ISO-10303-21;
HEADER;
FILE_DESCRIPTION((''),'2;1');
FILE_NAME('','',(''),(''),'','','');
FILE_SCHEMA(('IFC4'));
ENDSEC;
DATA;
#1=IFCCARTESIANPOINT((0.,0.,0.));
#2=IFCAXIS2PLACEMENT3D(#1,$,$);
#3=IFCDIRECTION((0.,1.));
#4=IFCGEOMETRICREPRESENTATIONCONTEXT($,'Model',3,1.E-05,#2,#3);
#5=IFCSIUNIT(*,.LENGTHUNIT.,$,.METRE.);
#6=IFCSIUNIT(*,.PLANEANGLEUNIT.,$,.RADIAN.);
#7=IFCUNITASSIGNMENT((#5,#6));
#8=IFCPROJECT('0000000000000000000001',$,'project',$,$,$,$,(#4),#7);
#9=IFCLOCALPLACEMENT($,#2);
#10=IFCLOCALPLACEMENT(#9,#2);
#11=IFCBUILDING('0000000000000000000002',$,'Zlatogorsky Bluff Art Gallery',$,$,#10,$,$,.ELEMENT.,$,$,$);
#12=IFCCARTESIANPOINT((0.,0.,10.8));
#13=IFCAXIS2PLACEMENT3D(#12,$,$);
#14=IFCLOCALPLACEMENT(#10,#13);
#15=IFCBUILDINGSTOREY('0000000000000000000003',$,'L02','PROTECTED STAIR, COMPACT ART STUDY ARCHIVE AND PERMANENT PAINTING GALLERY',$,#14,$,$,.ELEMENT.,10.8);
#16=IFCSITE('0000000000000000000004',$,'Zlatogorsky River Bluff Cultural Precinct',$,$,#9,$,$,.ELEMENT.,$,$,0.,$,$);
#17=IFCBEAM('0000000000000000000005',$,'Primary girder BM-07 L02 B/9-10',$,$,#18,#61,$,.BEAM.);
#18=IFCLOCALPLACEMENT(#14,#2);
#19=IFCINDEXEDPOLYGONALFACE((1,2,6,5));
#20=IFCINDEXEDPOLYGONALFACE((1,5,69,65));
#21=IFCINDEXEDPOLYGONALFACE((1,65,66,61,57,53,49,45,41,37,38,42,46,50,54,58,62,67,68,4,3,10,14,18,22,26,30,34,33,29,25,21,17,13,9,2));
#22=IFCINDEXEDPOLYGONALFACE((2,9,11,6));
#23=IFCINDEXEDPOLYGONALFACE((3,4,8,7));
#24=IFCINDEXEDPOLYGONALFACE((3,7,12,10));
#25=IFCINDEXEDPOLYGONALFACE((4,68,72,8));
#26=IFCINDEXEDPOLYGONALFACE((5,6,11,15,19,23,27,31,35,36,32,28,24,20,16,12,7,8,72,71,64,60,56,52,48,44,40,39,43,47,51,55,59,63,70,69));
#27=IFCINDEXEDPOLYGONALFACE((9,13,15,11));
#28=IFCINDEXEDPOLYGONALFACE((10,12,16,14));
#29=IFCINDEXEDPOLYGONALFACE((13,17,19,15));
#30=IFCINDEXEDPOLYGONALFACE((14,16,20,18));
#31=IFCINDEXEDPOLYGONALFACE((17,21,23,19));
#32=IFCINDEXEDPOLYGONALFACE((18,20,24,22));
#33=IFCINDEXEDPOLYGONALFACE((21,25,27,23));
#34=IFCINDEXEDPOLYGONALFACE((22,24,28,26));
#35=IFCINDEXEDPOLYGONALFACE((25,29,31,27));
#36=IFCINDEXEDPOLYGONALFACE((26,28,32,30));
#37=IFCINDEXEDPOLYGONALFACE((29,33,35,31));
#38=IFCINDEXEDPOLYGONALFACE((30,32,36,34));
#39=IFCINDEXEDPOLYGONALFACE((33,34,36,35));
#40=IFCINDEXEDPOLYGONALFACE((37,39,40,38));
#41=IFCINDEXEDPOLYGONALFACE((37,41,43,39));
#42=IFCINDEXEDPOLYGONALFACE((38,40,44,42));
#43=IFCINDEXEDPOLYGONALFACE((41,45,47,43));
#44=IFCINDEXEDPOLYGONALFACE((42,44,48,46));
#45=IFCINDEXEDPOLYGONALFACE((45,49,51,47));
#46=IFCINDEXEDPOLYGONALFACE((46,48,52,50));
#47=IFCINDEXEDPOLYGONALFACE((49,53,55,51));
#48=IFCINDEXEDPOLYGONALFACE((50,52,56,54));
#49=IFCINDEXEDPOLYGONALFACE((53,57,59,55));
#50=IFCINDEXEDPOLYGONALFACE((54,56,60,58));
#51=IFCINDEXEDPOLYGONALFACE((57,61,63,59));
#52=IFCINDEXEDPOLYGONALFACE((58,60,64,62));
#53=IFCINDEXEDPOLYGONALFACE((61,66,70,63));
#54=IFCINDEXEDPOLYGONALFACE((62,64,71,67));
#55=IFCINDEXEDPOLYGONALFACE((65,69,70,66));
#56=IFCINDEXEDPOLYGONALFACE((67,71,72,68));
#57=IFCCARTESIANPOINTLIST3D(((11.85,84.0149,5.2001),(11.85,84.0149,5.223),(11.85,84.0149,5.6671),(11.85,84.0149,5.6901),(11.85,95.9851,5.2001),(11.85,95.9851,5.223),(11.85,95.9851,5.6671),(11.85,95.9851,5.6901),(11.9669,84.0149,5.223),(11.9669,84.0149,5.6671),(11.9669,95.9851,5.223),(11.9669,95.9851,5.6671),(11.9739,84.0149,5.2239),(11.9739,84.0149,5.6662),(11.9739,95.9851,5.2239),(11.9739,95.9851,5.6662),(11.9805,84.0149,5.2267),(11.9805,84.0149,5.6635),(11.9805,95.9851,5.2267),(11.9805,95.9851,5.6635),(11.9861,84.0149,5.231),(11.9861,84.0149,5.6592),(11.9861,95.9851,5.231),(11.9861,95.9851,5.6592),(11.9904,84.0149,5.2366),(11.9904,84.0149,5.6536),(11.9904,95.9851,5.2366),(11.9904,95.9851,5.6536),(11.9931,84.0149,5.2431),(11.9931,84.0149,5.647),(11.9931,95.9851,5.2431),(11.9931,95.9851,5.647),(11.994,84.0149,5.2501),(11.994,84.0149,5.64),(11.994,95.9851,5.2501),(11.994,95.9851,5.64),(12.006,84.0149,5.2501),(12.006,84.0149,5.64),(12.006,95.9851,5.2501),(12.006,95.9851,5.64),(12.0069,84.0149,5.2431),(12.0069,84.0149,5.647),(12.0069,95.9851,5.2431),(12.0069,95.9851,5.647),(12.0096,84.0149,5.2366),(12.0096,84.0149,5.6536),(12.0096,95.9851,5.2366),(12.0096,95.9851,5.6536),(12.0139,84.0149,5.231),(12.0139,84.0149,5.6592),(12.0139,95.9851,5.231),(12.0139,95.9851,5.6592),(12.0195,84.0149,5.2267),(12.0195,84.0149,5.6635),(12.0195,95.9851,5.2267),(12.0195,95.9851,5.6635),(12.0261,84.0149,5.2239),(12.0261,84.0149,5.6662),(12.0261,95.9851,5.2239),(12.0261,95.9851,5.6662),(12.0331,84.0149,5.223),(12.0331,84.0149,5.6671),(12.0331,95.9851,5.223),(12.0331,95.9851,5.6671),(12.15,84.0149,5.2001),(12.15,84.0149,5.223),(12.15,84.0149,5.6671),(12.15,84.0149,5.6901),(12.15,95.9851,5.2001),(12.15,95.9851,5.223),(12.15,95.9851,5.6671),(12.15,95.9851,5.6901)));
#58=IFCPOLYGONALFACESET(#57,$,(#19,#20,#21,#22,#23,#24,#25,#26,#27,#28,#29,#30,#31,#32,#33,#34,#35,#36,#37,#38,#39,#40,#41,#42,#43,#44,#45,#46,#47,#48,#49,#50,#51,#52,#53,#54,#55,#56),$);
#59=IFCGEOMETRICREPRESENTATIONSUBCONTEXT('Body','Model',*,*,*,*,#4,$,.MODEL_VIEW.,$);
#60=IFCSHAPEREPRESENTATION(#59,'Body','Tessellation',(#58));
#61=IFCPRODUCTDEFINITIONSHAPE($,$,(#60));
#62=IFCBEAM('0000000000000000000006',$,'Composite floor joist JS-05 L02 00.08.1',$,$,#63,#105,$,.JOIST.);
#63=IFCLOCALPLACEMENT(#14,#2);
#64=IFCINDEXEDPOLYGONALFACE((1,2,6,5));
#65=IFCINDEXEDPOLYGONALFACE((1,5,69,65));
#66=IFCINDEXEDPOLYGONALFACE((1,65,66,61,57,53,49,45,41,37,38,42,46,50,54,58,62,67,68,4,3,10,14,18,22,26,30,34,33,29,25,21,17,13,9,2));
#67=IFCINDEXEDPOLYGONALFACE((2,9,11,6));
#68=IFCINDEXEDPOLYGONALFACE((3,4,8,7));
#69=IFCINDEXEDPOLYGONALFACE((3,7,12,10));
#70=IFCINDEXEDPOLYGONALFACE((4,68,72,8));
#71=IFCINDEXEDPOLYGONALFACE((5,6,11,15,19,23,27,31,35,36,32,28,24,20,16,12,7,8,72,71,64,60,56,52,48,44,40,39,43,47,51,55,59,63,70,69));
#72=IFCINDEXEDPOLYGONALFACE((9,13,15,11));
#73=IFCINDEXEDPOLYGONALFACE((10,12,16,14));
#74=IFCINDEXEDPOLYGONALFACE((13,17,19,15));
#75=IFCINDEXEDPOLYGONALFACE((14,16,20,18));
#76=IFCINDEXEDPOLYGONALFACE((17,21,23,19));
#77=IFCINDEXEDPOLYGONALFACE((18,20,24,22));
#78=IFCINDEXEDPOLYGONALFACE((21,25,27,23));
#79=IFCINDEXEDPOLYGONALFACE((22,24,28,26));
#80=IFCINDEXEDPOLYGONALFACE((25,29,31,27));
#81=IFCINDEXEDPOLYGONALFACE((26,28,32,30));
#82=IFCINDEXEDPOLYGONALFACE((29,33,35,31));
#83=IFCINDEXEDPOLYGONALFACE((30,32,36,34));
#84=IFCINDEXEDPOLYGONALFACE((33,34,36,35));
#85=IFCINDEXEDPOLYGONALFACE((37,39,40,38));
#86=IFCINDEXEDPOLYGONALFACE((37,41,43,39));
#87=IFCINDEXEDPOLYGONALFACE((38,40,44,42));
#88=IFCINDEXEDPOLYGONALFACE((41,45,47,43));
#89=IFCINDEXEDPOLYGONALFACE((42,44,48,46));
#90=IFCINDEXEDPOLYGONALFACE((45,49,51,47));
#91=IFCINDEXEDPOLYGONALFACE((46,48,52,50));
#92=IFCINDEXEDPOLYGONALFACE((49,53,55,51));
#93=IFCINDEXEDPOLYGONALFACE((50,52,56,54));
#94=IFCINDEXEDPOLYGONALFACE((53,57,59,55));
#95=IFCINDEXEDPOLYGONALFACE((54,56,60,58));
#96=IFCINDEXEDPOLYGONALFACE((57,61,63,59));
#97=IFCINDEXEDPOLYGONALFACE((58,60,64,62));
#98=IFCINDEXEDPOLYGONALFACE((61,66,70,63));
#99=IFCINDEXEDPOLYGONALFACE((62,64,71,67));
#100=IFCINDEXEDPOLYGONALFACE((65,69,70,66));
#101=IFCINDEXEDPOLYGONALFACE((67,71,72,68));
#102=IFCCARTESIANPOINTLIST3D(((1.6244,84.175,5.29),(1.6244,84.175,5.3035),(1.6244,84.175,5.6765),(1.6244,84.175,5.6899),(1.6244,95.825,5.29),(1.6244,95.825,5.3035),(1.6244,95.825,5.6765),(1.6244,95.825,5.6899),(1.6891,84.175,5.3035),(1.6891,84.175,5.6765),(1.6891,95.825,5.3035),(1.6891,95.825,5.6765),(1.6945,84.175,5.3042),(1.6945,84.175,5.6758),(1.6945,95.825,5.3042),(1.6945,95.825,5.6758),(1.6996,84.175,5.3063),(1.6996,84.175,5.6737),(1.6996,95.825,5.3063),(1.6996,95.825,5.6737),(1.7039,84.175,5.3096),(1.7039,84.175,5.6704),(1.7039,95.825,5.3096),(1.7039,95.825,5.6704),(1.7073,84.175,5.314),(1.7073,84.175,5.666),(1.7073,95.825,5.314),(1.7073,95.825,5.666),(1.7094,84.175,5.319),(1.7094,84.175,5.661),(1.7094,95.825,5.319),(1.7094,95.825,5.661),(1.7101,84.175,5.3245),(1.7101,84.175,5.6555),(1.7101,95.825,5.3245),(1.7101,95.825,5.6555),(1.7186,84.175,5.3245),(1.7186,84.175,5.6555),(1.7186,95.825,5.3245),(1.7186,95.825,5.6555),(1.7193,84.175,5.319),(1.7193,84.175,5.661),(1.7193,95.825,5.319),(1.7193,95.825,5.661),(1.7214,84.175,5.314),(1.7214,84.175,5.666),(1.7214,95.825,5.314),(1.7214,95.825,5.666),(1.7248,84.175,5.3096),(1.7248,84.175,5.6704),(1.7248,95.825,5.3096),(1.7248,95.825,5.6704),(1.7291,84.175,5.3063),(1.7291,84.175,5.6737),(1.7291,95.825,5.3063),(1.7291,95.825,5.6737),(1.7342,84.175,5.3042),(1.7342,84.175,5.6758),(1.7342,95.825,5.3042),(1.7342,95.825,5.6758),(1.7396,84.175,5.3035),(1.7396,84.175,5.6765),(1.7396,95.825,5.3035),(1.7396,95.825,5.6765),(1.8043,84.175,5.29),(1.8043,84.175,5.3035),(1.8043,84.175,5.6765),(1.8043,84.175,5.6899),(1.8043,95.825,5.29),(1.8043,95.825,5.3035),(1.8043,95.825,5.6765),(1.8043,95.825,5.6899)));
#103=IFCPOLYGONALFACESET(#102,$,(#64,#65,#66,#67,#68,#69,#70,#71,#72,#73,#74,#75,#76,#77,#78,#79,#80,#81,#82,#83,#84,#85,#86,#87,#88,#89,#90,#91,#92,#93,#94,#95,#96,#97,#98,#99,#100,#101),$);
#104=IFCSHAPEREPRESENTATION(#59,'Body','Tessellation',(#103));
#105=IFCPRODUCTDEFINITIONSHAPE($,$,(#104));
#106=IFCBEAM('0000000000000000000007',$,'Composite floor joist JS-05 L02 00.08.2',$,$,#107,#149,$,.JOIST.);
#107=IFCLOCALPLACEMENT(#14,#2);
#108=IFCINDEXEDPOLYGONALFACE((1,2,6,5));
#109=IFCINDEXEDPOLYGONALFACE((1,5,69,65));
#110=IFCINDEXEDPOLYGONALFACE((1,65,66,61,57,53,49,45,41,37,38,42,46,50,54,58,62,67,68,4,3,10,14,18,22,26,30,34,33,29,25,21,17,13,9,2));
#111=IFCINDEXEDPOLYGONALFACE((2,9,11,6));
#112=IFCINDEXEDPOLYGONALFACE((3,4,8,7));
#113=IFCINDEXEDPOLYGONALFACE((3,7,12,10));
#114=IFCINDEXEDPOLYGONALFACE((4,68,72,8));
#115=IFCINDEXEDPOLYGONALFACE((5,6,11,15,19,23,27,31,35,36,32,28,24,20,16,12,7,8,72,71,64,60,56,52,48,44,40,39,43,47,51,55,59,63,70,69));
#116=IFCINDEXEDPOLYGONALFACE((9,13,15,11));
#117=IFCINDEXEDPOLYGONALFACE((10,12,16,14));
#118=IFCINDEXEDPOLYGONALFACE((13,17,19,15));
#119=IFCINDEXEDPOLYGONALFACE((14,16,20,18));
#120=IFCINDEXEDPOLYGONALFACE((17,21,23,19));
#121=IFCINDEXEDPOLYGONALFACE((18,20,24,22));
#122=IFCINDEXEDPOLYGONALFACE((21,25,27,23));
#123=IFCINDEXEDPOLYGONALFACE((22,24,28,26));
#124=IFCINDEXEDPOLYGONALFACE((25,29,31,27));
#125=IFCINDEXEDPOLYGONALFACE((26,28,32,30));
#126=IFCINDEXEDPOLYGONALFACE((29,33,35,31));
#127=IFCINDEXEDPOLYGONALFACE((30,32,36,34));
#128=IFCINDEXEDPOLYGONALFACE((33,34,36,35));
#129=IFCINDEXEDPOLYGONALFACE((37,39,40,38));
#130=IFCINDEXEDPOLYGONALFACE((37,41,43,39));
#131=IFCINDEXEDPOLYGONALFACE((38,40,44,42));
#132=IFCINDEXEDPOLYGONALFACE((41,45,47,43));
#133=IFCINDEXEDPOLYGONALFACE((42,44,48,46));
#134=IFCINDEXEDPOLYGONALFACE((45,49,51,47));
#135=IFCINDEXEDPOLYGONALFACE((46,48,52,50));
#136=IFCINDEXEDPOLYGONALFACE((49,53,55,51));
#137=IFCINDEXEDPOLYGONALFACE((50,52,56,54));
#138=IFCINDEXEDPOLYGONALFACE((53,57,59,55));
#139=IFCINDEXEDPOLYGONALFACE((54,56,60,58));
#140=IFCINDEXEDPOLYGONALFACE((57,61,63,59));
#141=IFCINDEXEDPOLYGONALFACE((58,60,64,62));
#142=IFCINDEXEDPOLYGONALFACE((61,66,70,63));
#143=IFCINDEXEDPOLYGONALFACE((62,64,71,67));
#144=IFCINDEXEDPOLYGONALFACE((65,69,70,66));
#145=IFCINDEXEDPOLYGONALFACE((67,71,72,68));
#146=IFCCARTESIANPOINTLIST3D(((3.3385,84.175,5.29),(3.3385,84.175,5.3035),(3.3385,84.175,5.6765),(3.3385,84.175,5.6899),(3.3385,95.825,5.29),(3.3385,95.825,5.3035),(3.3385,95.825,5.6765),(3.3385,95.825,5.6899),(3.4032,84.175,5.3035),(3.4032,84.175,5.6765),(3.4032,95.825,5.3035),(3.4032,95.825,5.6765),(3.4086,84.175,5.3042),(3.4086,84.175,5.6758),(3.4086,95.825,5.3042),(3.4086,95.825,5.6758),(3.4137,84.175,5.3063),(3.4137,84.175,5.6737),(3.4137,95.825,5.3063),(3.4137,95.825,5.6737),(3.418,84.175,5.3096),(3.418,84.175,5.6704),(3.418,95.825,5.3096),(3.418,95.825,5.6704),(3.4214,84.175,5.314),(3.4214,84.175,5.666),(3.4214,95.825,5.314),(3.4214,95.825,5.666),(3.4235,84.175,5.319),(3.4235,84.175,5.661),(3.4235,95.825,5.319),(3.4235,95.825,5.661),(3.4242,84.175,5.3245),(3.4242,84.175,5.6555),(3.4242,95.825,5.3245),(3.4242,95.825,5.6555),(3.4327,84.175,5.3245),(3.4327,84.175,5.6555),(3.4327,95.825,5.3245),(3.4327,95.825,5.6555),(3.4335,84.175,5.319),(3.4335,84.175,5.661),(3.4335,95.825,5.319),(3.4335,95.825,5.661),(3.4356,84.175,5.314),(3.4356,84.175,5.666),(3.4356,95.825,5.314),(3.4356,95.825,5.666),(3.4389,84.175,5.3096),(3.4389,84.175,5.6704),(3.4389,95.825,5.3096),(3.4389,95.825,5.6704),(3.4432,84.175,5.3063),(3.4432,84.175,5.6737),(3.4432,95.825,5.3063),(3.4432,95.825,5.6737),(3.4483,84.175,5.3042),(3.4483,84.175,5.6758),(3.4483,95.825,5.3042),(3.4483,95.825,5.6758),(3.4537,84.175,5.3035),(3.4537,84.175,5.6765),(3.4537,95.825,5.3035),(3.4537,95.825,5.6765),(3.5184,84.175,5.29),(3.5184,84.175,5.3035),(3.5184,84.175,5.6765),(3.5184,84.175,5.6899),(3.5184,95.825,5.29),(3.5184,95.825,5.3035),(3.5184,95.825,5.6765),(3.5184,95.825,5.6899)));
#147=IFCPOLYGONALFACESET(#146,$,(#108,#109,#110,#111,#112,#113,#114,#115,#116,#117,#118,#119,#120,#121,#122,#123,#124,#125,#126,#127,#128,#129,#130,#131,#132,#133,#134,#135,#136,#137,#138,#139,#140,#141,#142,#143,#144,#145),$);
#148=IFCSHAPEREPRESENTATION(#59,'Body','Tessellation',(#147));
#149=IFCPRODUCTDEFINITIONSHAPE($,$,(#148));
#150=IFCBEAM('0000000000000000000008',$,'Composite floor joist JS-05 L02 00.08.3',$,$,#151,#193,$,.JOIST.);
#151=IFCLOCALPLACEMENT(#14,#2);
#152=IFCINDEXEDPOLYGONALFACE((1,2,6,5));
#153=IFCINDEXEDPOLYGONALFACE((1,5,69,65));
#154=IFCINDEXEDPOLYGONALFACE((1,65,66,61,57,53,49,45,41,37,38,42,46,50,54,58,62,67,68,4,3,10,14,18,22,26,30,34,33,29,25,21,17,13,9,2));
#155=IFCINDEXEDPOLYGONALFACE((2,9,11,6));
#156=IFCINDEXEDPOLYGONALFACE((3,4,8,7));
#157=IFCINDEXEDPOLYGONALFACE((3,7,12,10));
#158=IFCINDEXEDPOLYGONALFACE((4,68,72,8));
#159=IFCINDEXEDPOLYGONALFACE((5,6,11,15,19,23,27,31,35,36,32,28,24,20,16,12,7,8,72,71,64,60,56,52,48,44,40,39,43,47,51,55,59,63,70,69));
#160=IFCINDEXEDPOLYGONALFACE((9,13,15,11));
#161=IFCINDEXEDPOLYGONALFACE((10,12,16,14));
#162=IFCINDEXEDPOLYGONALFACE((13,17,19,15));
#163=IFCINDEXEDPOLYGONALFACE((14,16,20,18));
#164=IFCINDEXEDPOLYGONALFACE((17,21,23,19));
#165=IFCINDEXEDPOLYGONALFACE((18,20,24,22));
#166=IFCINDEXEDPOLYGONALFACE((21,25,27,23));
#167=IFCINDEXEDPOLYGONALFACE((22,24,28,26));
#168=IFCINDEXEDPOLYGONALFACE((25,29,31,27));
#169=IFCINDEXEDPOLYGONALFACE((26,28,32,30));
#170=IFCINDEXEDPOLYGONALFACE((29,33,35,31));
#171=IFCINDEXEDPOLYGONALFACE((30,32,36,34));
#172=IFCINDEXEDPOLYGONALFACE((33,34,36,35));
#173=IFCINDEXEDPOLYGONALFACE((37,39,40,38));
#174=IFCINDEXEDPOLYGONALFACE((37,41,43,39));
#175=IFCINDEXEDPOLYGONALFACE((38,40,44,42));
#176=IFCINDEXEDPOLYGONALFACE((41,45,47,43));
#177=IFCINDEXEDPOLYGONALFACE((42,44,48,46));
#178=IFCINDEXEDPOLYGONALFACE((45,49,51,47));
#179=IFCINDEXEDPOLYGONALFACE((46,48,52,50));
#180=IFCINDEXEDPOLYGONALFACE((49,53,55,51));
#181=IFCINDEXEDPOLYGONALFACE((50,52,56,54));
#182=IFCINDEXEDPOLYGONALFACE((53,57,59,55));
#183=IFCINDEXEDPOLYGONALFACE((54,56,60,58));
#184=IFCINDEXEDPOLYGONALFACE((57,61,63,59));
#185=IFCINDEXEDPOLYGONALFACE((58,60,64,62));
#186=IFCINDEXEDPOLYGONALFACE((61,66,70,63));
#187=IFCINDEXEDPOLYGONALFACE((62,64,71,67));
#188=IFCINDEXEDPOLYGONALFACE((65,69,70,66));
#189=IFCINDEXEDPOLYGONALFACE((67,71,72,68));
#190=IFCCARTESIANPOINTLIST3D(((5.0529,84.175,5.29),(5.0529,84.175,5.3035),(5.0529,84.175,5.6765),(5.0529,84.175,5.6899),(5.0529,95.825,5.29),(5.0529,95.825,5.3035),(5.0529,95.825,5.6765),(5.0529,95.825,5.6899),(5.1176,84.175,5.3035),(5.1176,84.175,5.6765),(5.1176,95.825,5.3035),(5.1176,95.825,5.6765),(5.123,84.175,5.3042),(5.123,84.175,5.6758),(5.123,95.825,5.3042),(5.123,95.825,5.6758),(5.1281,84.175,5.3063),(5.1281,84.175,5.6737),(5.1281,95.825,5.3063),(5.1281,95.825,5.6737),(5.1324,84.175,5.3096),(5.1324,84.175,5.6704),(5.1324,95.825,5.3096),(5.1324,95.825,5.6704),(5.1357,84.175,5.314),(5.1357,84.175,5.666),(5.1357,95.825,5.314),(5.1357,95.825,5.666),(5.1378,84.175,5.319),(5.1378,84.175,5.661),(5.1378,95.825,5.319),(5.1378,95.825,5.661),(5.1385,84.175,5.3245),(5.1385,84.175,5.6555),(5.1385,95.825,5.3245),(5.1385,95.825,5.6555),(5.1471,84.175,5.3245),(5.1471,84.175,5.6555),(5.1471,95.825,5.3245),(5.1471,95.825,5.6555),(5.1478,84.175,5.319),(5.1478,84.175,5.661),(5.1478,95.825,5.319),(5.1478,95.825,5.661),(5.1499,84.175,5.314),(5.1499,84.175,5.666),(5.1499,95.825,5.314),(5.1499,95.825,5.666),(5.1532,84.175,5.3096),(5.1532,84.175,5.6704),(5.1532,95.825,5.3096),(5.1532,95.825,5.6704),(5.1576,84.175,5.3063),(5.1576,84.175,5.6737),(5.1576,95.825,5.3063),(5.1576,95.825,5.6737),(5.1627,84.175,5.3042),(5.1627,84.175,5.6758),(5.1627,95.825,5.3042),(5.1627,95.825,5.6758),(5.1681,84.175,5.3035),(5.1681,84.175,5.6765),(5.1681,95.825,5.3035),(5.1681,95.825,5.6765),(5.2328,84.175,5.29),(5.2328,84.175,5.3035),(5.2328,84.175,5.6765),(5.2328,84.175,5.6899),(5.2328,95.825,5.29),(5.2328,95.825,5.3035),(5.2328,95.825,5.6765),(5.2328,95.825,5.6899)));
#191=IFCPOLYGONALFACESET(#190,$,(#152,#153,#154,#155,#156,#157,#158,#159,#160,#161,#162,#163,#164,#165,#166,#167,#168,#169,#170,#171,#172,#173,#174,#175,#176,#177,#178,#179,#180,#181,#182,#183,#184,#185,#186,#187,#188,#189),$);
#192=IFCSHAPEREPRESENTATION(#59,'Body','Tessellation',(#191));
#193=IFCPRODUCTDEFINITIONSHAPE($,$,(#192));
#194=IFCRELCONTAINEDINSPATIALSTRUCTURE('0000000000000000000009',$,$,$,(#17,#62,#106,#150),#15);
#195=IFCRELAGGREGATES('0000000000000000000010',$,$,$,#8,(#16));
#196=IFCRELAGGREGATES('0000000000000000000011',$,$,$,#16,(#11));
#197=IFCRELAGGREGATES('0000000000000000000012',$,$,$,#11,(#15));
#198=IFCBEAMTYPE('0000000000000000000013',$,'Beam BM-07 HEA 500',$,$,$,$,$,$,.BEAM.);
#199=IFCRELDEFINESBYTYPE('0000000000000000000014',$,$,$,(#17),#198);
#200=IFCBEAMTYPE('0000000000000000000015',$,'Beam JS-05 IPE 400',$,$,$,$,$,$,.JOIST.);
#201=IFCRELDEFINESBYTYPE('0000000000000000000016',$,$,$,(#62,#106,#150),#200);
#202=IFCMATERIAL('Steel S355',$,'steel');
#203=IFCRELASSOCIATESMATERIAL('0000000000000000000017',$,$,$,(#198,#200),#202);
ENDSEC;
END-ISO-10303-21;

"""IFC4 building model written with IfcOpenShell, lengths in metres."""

from ifc_helpers import new_model, si_unit, direction, frame, origin, origin_2d, place, context, subcontext, project, spatial, i_section, extrude, material, material_profile, profile_set, type_object, element, save


model = new_model("IFC4")

# Units and contexts
model_context = context("Model", 3, precision=1e-05, world=origin(), true_north=direction((0.0, 1.0)))
body_context = subcontext(model_context, "Body", "Model", "MODEL_VIEW")
ifc_project = project(units=[si_unit("LENGTHUNIT", "METRE"), si_unit("PLANEANGLEUNIT", "RADIAN")], contexts=[model_context])

# Site, building, storey
site_placement = place(None, origin())
site = spatial("IfcSite", under=ifc_project, at=site_placement, Name="Zlatogorsky River Bluff Cultural Precinct", CompositionType="ELEMENT", RefElevation=0.0)
building_placement = place(site_placement, origin())
building = spatial("IfcBuilding", under=site, at=building_placement, Name="Zlatogorsky Bluff Art Gallery", CompositionType="ELEMENT")
storey_placement = place(building_placement, frame((0.0, 0.0, 10.8)))
storey = spatial("IfcBuildingStorey", under=building, at=storey_placement, Name="L02", Description="PROTECTED STAIR, COMPACT ART STUDY ARCHIVE AND PERMANENT PAINTING GALLERY", CompositionType="ELEMENT", Elevation=10.8)

# Shared definitions
ifc_material_1 = material(Name="Steel S355", Category="steel")

# Beams
ifc_material_profile_1 = material_profile(ifc_material_1, i_section(OverallWidth=0.3, OverallDepth=0.49, WebThickness=0.012, FlangeThickness=0.0229, FilletRadius=0.0271, at=origin_2d()), Name="HEA 500")
ifc_profile_set_1 = profile_set([ifc_material_profile_1], Name="Steel S355")
beam_type_1 = type_object("IfcBeamType", Name="Beam BM-07 HEA 500", PredefinedType="BEAM", material=ifc_profile_set_1)
beam_1_placement = place(storey_placement, frame((12.0, 84.0149, 5.4451), z_axis=(0.0, 1.0, 0.0), x_axis=(-1.0, 0.0, 0.0)))
element("IfcBeam", 1, at=beam_1_placement, inside=storey, type_object=beam_type_1, Name="Primary girder BM-07 L02 B/9-10", PredefinedType="BEAM", context=body_context, shape_type="SweptSolid", body=[
    extrude(i_section(OverallWidth=0.3, OverallDepth=0.49, WebThickness=0.012, FlangeThickness=0.0229, FilletRadius=0.0271, at=origin_2d()), origin(), (0.0, 0.0, 1.0), 11.9702),
])
ifc_material_profile_2 = material_profile(ifc_material_1, i_section(OverallWidth=0.1799, OverallDepth=0.3999, WebThickness=0.0085, FlangeThickness=0.0134, FilletRadius=0.021, at=origin_2d()), Name="IPE 400")
ifc_profile_set_2 = profile_set([ifc_material_profile_2], Name="Steel S355")
beam_type_2 = type_object("IfcBeamType", Name="Beam JS-05 IPE 400", PredefinedType="JOIST", material=ifc_profile_set_2)
for number, where, z_axis, x_axis, name in (
    (2, (1.7144, 84.175, 5.49), (0.0, 1.0, 0.0), (-1.0, 0.0, 0.0), "Composite floor joist JS-05 L02 00.08.1"),
    (3, (3.4285, 84.175, 5.49), (0.0, 1.0, 0.0), (-1.0, 0.0, 0.0), "Composite floor joist JS-05 L02 00.08.2"),
    (4, (5.1428, 84.175, 5.49), (0.0, 1.0, 0.0), (-1.0, 0.0, 0.0), "Composite floor joist JS-05 L02 00.08.3"),
):
    element("IfcBeam", number, at=place(storey_placement, frame(where, z_axis=z_axis, x_axis=x_axis)), inside=storey, type_object=beam_type_2, Name=name, PredefinedType="JOIST", context=body_context, shape_type="SweptSolid", body=[
        extrude(i_section(OverallWidth=0.1799, OverallDepth=0.3999, WebThickness=0.0085, FlangeThickness=0.0134, FilletRadius=0.021, at=origin_2d()), origin(), (0.0, 0.0, 1.0), 11.6499),
    ])

save(model, "model.ifc")
